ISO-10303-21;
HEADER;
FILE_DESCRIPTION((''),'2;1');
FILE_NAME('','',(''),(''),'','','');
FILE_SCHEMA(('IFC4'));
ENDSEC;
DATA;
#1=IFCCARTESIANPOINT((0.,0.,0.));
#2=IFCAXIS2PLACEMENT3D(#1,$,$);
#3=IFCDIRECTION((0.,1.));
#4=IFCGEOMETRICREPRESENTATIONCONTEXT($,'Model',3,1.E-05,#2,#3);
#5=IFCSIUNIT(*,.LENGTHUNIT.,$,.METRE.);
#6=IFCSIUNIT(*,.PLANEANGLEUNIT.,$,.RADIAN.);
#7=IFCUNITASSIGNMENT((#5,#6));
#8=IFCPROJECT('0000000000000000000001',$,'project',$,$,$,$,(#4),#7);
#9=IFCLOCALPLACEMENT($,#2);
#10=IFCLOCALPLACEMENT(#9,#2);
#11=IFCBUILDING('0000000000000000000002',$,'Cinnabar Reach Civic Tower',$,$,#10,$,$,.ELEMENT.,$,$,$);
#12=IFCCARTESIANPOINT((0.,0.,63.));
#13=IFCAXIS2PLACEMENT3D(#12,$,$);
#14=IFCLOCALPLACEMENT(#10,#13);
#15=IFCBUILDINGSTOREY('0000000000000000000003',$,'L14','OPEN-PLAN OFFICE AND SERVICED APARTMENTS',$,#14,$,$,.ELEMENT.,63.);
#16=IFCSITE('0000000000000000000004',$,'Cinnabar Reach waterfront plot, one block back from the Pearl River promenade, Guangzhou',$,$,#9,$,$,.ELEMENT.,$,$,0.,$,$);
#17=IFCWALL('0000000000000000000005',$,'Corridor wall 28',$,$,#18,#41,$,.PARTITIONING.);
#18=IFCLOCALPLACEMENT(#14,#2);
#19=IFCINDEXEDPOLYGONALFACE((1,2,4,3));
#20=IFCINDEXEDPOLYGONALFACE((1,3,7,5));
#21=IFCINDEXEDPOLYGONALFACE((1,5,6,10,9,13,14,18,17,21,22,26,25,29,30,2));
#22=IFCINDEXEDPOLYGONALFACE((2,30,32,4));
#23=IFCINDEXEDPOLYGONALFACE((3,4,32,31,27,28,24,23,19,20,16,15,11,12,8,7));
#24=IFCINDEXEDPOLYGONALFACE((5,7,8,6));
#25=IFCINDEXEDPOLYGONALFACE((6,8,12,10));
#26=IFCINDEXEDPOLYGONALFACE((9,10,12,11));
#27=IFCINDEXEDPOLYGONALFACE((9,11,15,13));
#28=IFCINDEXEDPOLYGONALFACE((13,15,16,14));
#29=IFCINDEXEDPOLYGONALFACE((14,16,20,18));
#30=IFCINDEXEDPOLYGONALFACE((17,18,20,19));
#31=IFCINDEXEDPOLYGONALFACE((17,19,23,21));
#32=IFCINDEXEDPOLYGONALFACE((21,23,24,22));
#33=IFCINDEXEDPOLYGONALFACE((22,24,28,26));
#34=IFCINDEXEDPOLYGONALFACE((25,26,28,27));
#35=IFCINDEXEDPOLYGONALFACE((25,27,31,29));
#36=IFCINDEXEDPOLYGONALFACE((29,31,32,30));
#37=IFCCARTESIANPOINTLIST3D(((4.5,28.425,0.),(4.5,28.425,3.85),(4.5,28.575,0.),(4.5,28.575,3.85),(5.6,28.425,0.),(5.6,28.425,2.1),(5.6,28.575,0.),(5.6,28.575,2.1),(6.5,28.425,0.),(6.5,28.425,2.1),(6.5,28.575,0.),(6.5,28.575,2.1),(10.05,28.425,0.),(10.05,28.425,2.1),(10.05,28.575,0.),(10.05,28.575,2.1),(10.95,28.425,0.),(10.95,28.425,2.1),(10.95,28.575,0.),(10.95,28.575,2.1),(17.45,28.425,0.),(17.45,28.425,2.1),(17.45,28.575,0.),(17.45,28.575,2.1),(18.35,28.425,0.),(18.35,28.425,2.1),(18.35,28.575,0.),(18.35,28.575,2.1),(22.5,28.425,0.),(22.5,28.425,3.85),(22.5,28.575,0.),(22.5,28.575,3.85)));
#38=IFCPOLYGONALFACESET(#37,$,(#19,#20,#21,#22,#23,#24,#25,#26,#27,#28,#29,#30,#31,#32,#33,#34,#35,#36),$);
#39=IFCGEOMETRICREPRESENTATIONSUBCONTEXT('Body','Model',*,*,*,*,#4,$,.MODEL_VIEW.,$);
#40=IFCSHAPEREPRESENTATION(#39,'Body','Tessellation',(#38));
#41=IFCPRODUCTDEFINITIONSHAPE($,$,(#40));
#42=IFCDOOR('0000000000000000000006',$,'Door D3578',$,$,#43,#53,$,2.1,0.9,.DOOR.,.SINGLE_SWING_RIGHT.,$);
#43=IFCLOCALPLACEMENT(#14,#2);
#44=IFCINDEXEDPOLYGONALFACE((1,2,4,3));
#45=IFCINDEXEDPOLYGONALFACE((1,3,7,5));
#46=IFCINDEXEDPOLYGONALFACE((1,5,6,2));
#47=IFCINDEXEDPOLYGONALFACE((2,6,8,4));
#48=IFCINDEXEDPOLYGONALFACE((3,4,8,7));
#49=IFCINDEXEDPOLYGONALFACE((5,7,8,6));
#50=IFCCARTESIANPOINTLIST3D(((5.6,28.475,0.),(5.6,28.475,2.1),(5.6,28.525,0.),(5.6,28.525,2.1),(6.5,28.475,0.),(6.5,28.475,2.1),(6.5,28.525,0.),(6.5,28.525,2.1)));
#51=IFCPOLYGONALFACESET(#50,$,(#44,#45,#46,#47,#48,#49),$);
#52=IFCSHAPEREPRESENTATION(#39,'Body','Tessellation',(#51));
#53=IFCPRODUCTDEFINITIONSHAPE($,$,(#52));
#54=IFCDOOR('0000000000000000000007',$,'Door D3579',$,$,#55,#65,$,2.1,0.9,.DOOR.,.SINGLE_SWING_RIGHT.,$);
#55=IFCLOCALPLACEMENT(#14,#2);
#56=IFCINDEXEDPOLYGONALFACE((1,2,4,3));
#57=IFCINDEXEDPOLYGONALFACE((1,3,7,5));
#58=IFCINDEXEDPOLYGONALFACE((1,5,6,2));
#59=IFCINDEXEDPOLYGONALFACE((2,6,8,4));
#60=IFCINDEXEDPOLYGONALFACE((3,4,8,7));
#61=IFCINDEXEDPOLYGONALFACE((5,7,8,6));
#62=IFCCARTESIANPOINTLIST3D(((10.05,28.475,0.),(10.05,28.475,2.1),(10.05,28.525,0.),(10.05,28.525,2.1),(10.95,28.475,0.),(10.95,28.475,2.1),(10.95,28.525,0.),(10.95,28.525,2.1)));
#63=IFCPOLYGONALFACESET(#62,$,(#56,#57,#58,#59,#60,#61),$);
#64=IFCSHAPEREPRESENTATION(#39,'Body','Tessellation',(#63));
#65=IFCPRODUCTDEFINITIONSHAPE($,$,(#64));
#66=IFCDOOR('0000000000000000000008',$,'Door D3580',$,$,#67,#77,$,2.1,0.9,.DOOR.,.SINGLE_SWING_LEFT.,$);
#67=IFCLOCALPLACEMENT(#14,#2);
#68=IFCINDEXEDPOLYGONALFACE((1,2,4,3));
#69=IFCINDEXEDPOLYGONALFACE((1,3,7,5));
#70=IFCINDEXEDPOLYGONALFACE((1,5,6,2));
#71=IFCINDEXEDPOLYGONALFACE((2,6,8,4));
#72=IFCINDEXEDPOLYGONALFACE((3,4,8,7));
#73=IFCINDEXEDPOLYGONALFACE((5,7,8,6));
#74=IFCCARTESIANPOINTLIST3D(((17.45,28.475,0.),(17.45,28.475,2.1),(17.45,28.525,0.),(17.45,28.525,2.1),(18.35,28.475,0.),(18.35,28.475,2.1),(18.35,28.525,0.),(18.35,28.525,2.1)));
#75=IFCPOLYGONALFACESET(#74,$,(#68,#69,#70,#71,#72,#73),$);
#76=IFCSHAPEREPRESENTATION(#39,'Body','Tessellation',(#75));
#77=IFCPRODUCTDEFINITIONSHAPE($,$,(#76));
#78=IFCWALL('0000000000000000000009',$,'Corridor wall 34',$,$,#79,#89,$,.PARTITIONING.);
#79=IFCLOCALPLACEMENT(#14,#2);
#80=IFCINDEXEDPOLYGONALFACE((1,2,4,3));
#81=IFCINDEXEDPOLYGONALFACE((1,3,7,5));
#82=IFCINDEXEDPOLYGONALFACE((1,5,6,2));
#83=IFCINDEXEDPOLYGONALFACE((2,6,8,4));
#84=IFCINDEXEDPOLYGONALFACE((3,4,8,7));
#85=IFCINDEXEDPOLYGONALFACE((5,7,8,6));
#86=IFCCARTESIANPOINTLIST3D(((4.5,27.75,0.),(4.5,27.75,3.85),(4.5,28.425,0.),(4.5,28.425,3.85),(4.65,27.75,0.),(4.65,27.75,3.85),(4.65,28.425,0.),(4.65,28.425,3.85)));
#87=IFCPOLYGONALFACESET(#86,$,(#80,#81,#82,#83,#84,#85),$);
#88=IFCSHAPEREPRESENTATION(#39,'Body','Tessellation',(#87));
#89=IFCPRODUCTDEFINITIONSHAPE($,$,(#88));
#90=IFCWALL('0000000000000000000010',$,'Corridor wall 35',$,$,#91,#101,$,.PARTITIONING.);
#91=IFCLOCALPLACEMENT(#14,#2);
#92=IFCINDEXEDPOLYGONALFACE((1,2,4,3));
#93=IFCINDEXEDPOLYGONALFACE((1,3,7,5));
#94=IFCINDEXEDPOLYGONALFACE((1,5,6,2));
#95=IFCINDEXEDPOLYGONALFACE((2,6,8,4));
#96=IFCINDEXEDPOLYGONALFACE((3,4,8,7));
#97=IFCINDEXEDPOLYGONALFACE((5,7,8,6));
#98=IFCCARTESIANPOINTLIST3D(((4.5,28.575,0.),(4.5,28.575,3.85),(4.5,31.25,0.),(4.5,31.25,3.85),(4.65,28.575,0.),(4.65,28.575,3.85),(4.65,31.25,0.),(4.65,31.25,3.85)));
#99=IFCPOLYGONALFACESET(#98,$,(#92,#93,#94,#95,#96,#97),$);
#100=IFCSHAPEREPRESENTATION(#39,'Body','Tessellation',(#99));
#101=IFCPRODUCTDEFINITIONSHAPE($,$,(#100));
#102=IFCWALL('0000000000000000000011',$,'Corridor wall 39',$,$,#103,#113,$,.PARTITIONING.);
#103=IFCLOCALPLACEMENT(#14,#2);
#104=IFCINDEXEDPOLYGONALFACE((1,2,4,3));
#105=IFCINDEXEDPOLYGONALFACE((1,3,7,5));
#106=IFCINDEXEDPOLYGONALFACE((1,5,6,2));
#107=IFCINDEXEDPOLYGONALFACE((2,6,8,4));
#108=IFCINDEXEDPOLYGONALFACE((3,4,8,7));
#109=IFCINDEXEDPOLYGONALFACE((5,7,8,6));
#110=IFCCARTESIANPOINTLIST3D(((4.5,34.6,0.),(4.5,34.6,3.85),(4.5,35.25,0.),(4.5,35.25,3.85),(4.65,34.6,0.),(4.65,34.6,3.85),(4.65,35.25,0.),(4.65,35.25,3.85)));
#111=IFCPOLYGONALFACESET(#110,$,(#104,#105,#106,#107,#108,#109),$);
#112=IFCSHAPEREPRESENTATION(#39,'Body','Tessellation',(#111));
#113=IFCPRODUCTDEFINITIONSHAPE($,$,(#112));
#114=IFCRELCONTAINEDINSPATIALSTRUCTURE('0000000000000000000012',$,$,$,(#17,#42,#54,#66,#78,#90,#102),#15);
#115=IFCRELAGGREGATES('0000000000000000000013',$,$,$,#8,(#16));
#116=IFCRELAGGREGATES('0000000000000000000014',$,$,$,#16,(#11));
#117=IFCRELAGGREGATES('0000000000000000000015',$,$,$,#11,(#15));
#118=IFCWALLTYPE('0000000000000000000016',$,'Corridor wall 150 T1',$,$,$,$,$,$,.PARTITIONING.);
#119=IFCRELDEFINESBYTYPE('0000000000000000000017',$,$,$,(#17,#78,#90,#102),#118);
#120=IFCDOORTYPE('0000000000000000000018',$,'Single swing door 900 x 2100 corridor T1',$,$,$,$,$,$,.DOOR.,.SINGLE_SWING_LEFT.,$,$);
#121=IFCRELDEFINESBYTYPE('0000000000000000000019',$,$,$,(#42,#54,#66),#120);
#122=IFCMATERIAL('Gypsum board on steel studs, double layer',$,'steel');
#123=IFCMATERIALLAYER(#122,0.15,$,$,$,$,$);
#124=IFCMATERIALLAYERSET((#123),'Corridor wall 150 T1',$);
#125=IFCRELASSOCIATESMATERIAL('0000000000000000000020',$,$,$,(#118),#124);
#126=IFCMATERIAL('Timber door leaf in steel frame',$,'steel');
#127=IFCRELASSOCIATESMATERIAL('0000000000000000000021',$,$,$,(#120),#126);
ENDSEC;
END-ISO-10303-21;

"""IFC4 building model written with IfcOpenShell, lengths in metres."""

from ifc_helpers import new_model, si_unit, direction, frame, frame_2d, origin, place, context, subcontext, project, spatial, rectangle, extrude, material, layer, layer_set, type_object, element, fill, save


model = new_model("IFC4")

# Units and contexts
model_context = context("Model", 3, precision=1e-05, world=origin(), true_north=direction((0.0, 1.0)))
body_context = subcontext(model_context, "Body", "Model", "MODEL_VIEW")
ifc_project = project(units=[si_unit("LENGTHUNIT", "METRE"), si_unit("PLANEANGLEUNIT", "RADIAN")], contexts=[model_context])

# Site, building, storey
site_placement = place(None, origin())
site = spatial("IfcSite", under=ifc_project, at=site_placement, Name="Cinnabar Reach waterfront plot, one block back from the Pearl River promenade, Guangzhou", CompositionType="ELEMENT", RefElevation=0.0)
building_placement = place(site_placement, origin())
building = spatial("IfcBuilding", under=site, at=building_placement, Name="Cinnabar Reach Civic Tower", CompositionType="ELEMENT")
storey_placement = place(building_placement, frame((0.0, 0.0, 63.0)))
storey = spatial("IfcBuildingStorey", under=building, at=storey_placement, Name="L14", Description="OPEN-PLAN OFFICE AND SERVICED APARTMENTS", CompositionType="ELEMENT", Elevation=63.0)

# Shared definitions
ifc_material_1 = material(Name="Timber door leaf in steel frame", Category="steel")

# Wall, openings, doors
ifc_material_2 = material(Name="Gypsum board on steel studs, double layer", Category="steel")
ifc_layer_1 = layer(ifc_material_2, 0.15)
ifc_layer_set_1 = layer_set([ifc_layer_1], Name="Corridor wall 150 T1")
wall_type_1 = type_object("IfcWallType", Name="Corridor wall 150 T1", PredefinedType="PARTITIONING", material=ifc_layer_set_1)
wall_1_placement = place(storey_placement, frame((4.5, 28.5, 0.0), z_axis=(0.0, 0.0, 1.0), x_axis=(1.0, 0.0, 0.0)))
wall_1 = element("IfcWall", 1, at=wall_1_placement, inside=storey, type_object=wall_type_1, Name="Corridor wall 28", PredefinedType="PARTITIONING", context=body_context, shape_type="SweptSolid", body=[
    extrude(rectangle(XDim=18.0, YDim=0.15, at=frame_2d((9.0, 0.0))), origin(), (0.0, 0.0, 1.0), 3.85),
])
opening_1_placement = place(wall_1_placement, frame((1.1, 0.0, 0.0)))
opening_1 = element("IfcOpeningElement", 2, at=opening_1_placement, cuts=wall_1, PredefinedType="OPENING", context=body_context, shape_type="SweptSolid", body=[
    extrude(rectangle(XDim=0.9, YDim=2.1, at=frame_2d((0.45, 1.05))), frame((0.0, 0.085, 0.0), z_axis=(0.0, -1.0, 0.0), x_axis=(1.0, 0.0, 0.0)), (0.0, 0.0, 1.0), 0.17),
])
opening_2_placement = place(wall_1_placement, frame((5.55, 0.0, 0.0)))
opening_2 = element("IfcOpeningElement", 3, at=opening_2_placement, cuts=wall_1, PredefinedType="OPENING", context=body_context, shape_type="SweptSolid", body=[
    extrude(rectangle(XDim=0.9, YDim=2.1, at=frame_2d((0.45, 1.05))), frame((0.0, 0.085, 0.0), z_axis=(0.0, -1.0, 0.0), x_axis=(1.0, 0.0, 0.0)), (0.0, 0.0, 1.0), 0.17),
])
opening_3_placement = place(wall_1_placement, frame((12.95, 0.0, 0.0)))
opening_3 = element("IfcOpeningElement", 4, at=opening_3_placement, cuts=wall_1, PredefinedType="OPENING", context=body_context, shape_type="SweptSolid", body=[
    extrude(rectangle(XDim=0.9, YDim=2.1, at=frame_2d((0.45, 1.05))), frame((0.0, 0.085, 0.0), z_axis=(0.0, -1.0, 0.0), x_axis=(1.0, 0.0, 0.0)), (0.0, 0.0, 1.0), 0.17),
])
door_type_1 = type_object("IfcDoorType", Name="Single swing door 900 x 2100 corridor T1", OperationType="SINGLE_SWING_LEFT", PredefinedType="DOOR", material=ifc_material_1)
door_1_placement = place(opening_1_placement, origin())
door_1 = element("IfcDoor", 5, at=door_1_placement, inside=storey, type_object=door_type_1, Name="Door D3578", OperationType="SINGLE_SWING_RIGHT", OverallHeight=2.1, OverallWidth=0.9, PredefinedType="DOOR", context=body_context, shape_type="SweptSolid", body=[
    extrude(rectangle(XDim=0.9, YDim=2.1, at=frame_2d((0.45, 1.05))), frame((0.0, 0.025, 0.0), z_axis=(0.0, -1.0, 0.0), x_axis=(1.0, 0.0, 0.0)), (0.0, 0.0, 1.0), 0.05),
])
fill(opening_1, door_1)
door_2_placement = place(opening_2_placement, origin())
door_2 = element("IfcDoor", 6, at=door_2_placement, inside=storey, type_object=door_type_1, Name="Door D3579", OperationType="SINGLE_SWING_RIGHT", OverallHeight=2.1, OverallWidth=0.9, PredefinedType="DOOR", context=body_context, shape_type="SweptSolid", body=[
    extrude(rectangle(XDim=0.9, YDim=2.1, at=frame_2d((0.45, 1.05))), frame((0.0, 0.025, 0.0), z_axis=(0.0, -1.0, 0.0), x_axis=(1.0, 0.0, 0.0)), (0.0, 0.0, 1.0), 0.05),
])
fill(opening_2, door_2)
door_3_placement = place(opening_3_placement, origin())
door_3 = element("IfcDoor", 7, at=door_3_placement, inside=storey, type_object=door_type_1, Name="Door D3580", OperationType="SINGLE_SWING_LEFT", OverallHeight=2.1, OverallWidth=0.9, PredefinedType="DOOR", context=body_context, shape_type="SweptSolid", body=[
    extrude(rectangle(XDim=0.9, YDim=2.1, at=frame_2d((0.45, 1.05))), frame((0.0, 0.025, 0.0), z_axis=(0.0, -1.0, 0.0), x_axis=(1.0, 0.0, 0.0)), (0.0, 0.0, 1.0), 0.05),
])
fill(opening_3, door_3)

# Walls
wall_2_placement = place(storey_placement, frame((4.575, 27.75, 0.0), z_axis=(0.0, 0.0, 1.0), x_axis=(0.0, 1.0, 0.0)))
element("IfcWall", 8, at=wall_2_placement, inside=storey, type_object=wall_type_1, Name="Corridor wall 34", PredefinedType="PARTITIONING", context=body_context, shape_type="SweptSolid", body=[
    extrude(rectangle(XDim=0.675, YDim=0.15, at=frame_2d((0.3375, 0.0))), origin(), (0.0, 0.0, 1.0), 3.85),
])
wall_3_placement = place(storey_placement, frame((4.575, 28.575, 0.0), z_axis=(0.0, 0.0, 1.0), x_axis=(0.0, 1.0, 0.0)))
element("IfcWall", 9, at=wall_3_placement, inside=storey, type_object=wall_type_1, Name="Corridor wall 35", PredefinedType="PARTITIONING", context=body_context, shape_type="SweptSolid", body=[
    extrude(rectangle(XDim=2.675, YDim=0.15, at=frame_2d((1.3375, 0.0))), origin(), (0.0, 0.0, 1.0), 3.85),
])
wall_4_placement = place(storey_placement, frame((4.575, 34.6, 0.0), z_axis=(0.0, 0.0, 1.0), x_axis=(0.0, 1.0, 0.0)))
element("IfcWall", 10, at=wall_4_placement, inside=storey, type_object=wall_type_1, Name="Corridor wall 39", PredefinedType="PARTITIONING", context=body_context, shape_type="SweptSolid", body=[
    extrude(rectangle(XDim=0.65, YDim=0.15, at=frame_2d((0.325, 0.0))), origin(), (0.0, 0.0, 1.0), 3.85),
])

save(model, "model.ifc")
